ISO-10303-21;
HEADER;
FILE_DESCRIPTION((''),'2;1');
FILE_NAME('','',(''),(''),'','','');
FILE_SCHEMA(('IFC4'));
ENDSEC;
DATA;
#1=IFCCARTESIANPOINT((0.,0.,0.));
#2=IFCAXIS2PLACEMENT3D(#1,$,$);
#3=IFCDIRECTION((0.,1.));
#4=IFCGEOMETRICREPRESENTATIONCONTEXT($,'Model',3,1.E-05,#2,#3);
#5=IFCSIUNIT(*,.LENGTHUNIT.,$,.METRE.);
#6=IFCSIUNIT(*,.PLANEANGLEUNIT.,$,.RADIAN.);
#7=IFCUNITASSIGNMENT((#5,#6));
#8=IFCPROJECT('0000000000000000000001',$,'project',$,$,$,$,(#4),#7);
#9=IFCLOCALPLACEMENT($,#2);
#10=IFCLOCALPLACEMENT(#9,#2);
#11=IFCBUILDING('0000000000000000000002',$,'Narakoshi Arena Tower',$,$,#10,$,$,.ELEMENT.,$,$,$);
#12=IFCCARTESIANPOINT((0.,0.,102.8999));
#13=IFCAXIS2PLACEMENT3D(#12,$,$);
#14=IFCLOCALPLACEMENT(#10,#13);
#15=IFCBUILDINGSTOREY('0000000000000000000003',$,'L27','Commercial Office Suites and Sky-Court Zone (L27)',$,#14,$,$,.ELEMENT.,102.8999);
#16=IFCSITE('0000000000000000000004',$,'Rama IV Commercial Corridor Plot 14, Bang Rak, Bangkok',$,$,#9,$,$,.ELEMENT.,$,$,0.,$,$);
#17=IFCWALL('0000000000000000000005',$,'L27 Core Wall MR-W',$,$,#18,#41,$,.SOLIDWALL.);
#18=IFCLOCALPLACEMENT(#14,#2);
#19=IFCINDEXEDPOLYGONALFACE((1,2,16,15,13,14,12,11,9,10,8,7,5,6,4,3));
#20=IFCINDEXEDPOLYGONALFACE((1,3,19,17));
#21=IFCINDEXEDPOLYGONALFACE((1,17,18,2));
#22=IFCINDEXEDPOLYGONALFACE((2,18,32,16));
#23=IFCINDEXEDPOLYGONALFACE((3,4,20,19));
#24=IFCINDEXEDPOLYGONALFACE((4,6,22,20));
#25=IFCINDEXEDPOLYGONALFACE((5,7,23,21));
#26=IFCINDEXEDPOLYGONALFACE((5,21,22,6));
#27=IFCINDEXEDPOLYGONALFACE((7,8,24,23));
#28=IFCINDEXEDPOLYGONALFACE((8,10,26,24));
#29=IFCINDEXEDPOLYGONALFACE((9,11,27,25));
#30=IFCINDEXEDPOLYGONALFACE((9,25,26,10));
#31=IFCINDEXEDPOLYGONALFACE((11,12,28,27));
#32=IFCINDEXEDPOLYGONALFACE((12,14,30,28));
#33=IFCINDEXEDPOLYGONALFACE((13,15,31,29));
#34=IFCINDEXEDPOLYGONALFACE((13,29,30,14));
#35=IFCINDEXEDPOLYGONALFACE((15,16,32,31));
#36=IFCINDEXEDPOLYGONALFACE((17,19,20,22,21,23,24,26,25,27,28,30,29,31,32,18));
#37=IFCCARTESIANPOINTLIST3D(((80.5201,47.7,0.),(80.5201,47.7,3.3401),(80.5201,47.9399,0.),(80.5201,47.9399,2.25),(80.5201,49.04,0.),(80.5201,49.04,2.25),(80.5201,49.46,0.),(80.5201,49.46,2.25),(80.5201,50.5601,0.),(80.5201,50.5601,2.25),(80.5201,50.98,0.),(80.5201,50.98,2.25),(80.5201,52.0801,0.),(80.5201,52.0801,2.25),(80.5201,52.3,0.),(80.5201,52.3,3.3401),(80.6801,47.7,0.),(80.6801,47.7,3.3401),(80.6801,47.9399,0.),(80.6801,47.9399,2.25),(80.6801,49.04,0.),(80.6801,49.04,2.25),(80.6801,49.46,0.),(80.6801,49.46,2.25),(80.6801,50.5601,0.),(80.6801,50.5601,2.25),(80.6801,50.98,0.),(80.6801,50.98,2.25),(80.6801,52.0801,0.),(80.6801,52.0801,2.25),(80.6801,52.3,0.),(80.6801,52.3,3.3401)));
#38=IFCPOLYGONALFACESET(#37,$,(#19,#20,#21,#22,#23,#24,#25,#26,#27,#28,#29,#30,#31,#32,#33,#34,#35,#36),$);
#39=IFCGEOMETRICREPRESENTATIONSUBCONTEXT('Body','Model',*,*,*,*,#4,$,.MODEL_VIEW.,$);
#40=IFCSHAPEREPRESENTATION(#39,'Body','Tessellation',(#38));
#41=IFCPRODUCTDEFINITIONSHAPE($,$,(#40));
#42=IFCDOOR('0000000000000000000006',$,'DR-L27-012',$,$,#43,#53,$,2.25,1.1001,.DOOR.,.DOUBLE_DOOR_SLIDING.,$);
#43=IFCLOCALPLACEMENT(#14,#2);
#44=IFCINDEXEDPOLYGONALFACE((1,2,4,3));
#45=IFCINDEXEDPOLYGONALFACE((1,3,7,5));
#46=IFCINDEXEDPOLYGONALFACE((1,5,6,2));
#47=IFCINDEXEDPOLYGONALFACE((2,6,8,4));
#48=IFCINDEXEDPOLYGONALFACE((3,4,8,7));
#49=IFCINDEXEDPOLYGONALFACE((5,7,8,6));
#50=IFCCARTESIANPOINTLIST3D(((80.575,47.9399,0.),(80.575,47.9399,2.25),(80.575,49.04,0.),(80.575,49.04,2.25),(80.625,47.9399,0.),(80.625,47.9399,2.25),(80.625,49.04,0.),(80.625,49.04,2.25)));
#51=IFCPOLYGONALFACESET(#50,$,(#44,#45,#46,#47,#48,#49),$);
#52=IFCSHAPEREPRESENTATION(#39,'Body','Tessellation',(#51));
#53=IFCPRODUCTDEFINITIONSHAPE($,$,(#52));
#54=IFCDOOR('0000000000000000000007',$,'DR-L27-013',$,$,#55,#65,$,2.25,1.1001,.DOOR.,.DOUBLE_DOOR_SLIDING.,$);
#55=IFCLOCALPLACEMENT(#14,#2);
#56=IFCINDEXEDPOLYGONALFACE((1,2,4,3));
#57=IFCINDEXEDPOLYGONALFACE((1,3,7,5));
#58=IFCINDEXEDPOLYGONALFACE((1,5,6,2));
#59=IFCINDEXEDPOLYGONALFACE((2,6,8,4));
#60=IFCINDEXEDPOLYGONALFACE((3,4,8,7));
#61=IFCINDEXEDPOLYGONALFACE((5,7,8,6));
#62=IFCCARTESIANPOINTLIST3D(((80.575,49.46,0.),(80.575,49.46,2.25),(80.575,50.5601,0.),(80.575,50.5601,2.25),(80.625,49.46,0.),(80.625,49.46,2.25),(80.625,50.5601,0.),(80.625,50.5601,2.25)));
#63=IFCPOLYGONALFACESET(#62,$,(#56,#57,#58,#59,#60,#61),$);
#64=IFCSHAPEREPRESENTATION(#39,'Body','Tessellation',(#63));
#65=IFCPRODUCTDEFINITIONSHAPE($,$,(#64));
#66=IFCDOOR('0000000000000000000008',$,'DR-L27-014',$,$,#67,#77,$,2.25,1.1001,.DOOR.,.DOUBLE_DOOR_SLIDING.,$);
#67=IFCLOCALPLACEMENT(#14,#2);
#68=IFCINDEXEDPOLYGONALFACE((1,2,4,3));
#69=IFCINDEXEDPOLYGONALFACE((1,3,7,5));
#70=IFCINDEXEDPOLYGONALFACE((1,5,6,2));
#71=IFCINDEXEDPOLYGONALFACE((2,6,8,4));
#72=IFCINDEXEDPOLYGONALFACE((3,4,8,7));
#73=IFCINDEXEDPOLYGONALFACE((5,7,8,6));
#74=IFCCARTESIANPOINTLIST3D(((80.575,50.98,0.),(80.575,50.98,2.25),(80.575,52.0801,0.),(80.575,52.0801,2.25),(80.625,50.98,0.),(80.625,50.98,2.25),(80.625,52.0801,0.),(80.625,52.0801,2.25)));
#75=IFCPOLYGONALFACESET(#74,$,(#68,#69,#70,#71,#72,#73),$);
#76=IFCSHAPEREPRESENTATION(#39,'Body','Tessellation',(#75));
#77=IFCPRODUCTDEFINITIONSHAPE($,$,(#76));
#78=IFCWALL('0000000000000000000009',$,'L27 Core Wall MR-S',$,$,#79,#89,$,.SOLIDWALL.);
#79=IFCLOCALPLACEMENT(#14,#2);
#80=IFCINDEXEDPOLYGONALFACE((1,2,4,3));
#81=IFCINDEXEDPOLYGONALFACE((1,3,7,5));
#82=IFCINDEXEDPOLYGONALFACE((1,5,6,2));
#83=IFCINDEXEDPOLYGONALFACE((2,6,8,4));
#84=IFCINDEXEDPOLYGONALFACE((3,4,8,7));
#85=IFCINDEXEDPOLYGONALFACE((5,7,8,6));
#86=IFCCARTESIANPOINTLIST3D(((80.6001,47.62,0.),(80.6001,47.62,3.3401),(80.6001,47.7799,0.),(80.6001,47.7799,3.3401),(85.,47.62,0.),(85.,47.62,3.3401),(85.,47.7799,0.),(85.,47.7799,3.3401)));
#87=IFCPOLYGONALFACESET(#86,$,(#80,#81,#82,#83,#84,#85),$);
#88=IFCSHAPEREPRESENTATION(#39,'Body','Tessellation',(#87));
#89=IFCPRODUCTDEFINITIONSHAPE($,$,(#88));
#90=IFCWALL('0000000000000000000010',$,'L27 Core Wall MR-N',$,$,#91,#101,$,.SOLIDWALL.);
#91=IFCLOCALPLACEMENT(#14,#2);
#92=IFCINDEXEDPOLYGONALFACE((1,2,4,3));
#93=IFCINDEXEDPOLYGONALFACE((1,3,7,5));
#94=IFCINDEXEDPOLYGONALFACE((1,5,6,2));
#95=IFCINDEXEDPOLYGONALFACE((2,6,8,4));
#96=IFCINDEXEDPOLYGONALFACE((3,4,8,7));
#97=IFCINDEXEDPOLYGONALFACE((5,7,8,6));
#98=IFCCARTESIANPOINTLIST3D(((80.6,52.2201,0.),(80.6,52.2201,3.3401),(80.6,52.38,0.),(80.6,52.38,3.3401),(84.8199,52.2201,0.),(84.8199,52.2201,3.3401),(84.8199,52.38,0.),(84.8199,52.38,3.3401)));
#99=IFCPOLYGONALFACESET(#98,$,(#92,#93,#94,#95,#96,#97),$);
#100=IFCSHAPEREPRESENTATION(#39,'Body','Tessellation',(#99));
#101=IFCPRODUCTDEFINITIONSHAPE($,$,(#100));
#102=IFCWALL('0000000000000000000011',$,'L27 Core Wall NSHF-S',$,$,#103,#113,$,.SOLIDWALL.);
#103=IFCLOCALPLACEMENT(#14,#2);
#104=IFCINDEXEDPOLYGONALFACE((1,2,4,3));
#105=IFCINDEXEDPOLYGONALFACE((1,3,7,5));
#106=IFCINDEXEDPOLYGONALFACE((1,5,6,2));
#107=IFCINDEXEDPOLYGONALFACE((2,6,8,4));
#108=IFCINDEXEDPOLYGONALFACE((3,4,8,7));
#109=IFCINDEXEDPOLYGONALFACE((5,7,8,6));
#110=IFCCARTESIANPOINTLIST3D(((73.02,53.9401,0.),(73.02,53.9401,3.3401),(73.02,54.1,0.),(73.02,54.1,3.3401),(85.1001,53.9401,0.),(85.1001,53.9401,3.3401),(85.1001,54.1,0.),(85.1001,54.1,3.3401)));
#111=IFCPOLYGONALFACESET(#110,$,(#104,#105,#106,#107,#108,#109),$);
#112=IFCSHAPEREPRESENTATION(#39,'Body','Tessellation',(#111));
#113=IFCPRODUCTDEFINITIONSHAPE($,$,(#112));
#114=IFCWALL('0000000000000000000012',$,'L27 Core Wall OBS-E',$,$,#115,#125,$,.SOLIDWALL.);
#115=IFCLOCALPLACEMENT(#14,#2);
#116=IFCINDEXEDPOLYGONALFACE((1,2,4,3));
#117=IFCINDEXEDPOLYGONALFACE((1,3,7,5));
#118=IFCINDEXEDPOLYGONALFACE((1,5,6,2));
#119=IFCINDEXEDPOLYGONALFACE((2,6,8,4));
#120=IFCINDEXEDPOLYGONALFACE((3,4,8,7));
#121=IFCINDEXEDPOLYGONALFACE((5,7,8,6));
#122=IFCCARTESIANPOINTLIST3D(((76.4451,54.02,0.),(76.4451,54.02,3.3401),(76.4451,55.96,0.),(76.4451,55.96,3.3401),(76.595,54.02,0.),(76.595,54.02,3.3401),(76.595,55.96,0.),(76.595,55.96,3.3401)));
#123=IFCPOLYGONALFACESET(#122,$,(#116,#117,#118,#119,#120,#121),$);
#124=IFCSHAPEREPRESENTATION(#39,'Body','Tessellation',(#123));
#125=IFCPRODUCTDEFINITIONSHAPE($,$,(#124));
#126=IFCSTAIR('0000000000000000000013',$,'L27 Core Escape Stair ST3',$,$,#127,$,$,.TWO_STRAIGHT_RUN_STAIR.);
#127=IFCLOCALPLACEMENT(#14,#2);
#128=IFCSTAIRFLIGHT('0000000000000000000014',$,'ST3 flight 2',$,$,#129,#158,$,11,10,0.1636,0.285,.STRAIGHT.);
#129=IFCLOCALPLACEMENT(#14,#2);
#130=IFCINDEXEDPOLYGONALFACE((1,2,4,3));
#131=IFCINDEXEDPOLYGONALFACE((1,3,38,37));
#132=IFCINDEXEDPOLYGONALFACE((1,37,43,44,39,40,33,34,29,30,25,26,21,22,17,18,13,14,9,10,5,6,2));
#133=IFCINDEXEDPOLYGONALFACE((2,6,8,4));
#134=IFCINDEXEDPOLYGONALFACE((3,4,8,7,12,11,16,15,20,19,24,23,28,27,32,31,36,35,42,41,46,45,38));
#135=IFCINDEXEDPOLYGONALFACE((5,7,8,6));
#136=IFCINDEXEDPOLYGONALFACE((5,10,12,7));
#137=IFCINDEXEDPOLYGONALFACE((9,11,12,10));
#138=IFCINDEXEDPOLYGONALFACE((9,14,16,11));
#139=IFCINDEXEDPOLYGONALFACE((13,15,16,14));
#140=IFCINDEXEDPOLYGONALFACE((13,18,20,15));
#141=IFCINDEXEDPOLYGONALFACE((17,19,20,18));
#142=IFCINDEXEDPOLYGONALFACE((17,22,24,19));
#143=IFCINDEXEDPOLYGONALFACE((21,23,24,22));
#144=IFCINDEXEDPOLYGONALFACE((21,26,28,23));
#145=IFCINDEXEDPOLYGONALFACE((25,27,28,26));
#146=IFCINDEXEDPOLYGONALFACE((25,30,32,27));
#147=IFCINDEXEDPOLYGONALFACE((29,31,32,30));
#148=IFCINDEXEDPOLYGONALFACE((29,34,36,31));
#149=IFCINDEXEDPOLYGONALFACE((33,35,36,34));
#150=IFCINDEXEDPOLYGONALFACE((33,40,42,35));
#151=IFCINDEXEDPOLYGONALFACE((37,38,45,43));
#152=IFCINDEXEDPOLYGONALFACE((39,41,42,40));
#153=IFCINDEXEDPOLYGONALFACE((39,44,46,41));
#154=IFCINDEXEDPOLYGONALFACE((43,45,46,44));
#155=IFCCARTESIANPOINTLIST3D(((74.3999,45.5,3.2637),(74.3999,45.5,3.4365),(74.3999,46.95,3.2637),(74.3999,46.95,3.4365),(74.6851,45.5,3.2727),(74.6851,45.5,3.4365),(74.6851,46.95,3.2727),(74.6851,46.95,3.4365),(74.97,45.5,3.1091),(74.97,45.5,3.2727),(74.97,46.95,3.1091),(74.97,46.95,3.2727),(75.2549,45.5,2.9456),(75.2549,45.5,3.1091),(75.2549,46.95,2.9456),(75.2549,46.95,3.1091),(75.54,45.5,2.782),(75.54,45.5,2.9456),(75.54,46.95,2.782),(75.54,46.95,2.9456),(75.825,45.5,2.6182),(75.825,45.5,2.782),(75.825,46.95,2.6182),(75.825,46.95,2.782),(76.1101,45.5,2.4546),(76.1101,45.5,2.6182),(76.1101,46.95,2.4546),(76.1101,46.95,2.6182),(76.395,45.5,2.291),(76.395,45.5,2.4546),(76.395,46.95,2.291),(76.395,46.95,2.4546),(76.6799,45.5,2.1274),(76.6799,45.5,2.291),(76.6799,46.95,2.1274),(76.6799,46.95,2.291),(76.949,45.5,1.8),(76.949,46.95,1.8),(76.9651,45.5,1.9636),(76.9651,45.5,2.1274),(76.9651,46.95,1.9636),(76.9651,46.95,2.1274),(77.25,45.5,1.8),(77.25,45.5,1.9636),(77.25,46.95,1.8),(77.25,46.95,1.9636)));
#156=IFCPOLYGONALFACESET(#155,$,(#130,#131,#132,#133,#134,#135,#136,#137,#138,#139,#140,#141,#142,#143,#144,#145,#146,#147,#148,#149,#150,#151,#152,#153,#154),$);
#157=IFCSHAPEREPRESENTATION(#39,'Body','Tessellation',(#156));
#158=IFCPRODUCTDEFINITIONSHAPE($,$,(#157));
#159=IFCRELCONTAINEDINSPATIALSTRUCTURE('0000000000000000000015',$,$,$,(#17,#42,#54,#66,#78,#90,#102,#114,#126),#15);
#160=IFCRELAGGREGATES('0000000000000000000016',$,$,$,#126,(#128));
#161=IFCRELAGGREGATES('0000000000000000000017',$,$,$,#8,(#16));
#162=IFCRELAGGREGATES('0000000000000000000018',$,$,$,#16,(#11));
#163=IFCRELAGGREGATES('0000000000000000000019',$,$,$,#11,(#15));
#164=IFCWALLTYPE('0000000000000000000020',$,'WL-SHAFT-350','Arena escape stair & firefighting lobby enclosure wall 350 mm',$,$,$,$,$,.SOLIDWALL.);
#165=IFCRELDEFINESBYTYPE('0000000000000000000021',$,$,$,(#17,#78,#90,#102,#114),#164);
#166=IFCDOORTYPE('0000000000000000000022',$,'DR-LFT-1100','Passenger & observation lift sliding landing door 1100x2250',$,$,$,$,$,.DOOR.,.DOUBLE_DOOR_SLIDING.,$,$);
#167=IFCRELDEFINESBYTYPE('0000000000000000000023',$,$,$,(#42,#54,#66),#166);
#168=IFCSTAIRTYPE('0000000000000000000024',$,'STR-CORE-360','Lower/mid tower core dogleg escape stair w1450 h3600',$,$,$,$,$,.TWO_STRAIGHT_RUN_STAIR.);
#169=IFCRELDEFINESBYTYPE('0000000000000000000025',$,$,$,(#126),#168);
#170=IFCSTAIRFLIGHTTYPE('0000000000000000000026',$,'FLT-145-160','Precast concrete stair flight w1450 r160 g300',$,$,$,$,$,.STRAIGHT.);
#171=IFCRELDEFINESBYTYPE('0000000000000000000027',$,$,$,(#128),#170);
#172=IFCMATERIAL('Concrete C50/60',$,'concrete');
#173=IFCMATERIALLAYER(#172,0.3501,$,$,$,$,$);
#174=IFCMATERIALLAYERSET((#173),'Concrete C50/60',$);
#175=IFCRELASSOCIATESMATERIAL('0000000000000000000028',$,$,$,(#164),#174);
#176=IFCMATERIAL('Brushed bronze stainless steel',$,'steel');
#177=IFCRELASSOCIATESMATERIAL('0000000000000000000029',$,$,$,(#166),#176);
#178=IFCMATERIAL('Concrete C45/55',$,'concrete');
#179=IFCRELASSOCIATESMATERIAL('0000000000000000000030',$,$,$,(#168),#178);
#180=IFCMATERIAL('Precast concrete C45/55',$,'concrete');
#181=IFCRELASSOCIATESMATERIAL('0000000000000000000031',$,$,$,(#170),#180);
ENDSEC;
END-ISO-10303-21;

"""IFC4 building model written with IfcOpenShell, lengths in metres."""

from ifc_helpers import new_model, si_unit, direction, frame, frame_2d, origin, place, context, subcontext, project, spatial, polyline, rectangle, outline, extrude, material, layer, layer_set, type_object, element, fill, aggregate, save


model = new_model("IFC4")

# Units and contexts
model_context = context("Model", 3, precision=1e-05, world=origin(), true_north=direction((0.0, 1.0)))
body_context = subcontext(model_context, "Body", "Model", "MODEL_VIEW")
ifc_project = project(units=[si_unit("LENGTHUNIT", "METRE"), si_unit("PLANEANGLEUNIT", "RADIAN")], contexts=[model_context])

# Site, building, storey
site_placement = place(None, origin())
site = spatial("IfcSite", under=ifc_project, at=site_placement, Name="Rama IV Commercial Corridor Plot 14, Bang Rak, Bangkok", CompositionType="ELEMENT", RefElevation=0.0)
building_placement = place(site_placement, origin())
building = spatial("IfcBuilding", under=site, at=building_placement, Name="Narakoshi Arena Tower", CompositionType="ELEMENT")
storey_placement = place(building_placement, frame((0.0, 0.0, 102.8999)))
storey = spatial("IfcBuildingStorey", under=building, at=storey_placement, Name="L27", Description="Commercial Office Suites and Sky-Court Zone (L27)", CompositionType="ELEMENT", Elevation=102.8999)

# Shared definitions
ifc_material_1 = material(Name="Concrete C50/60", Category="concrete")
ifc_layer_1 = layer(ifc_material_1, 0.3501)
ifc_layer_set_1 = layer_set([ifc_layer_1], Name="Concrete C50/60")
wall_type_1 = type_object("IfcWallType", Name="WL-SHAFT-350", Description="Arena escape stair & firefighting lobby enclosure wall 350 mm", PredefinedType="SOLIDWALL", material=ifc_layer_set_1)

# Wall, openings, doors
wall_1_placement = place(storey_placement, frame((80.6001, 47.7, 0.0), z_axis=(0.0, 0.0, 1.0), x_axis=(0.0, 1.0, 0.0)))
wall_1 = element("IfcWall", 1, at=wall_1_placement, inside=storey, type_object=wall_type_1, Name="L27 Core Wall MR-W", PredefinedType="SOLIDWALL", context=body_context, shape_type="SweptSolid", body=[
    extrude(rectangle(XDim=4.6001, YDim=0.1599, at=frame_2d((2.3, 0.0))), origin(), (0.0, 0.0, 1.0), 3.3401),
])
opening_1_placement = place(wall_1_placement, frame((0.24, 0.0, 0.0)))
opening_1 = element("IfcOpeningElement", 2, at=opening_1_placement, cuts=wall_1, PredefinedType="OPENING", context=body_context, shape_type="SweptSolid", body=[
    extrude(rectangle(XDim=1.1001, YDim=2.25, at=frame_2d((0.55, 1.125))), frame((0.0, 0.0898, 0.0), z_axis=(0.0, -1.0, 0.0), x_axis=(1.0, 0.0, 0.0)), (0.0, 0.0, 1.0), 0.1799),
])
opening_2_placement = place(wall_1_placement, frame((1.76, 0.0, 0.0)))
opening_2 = element("IfcOpeningElement", 3, at=opening_2_placement, cuts=wall_1, PredefinedType="OPENING", context=body_context, shape_type="SweptSolid", body=[
    extrude(rectangle(XDim=1.1001, YDim=2.25, at=frame_2d((0.55, 1.125))), frame((0.0, 0.0898, 0.0), z_axis=(0.0, -1.0, 0.0), x_axis=(1.0, 0.0, 0.0)), (0.0, 0.0, 1.0), 0.1799),
])
opening_3_placement = place(wall_1_placement, frame((3.28, 0.0, 0.0)))
opening_3 = element("IfcOpeningElement", 4, at=opening_3_placement, cuts=wall_1, PredefinedType="OPENING", context=body_context, shape_type="SweptSolid", body=[
    extrude(rectangle(XDim=1.1001, YDim=2.25, at=frame_2d((0.55, 1.125))), frame((0.0, 0.0898, 0.0), z_axis=(0.0, -1.0, 0.0), x_axis=(1.0, 0.0, 0.0)), (0.0, 0.0, 1.0), 0.1799),
])
ifc_material_2 = material(Name="Brushed bronze stainless steel", Category="steel")
door_type_1 = type_object("IfcDoorType", Name="DR-LFT-1100", Description="Passenger & observation lift sliding landing door 1100x2250", OperationType="DOUBLE_DOOR_SLIDING", PredefinedType="DOOR", material=ifc_material_2)
door_1_placement = place(opening_1_placement, frame((1.1001, 0.0, 0.0), z_axis=(0.0, 0.0, 1.0), x_axis=(-1.0, 0.0, 0.0)))
door_1 = element("IfcDoor", 5, at=door_1_placement, inside=storey, type_object=door_type_1, Name="DR-L27-012", OperationType="DOUBLE_DOOR_SLIDING", OverallHeight=2.25, OverallWidth=1.1001, PredefinedType="DOOR", context=body_context, shape_type="SweptSolid", body=[
    extrude(rectangle(XDim=1.1001, YDim=2.25, at=frame_2d((0.55, 1.125))), frame((0.0, 0.0249, 0.0), z_axis=(0.0, -1.0, 0.0), x_axis=(1.0, 0.0, 0.0)), (0.0, 0.0, 1.0), 0.05),
])
fill(opening_1, door_1)
door_2_placement = place(opening_2_placement, frame((1.1001, 0.0, 0.0), z_axis=(0.0, 0.0, 1.0), x_axis=(-1.0, 0.0, 0.0)))
door_2 = element("IfcDoor", 6, at=door_2_placement, inside=storey, type_object=door_type_1, Name="DR-L27-013", OperationType="DOUBLE_DOOR_SLIDING", OverallHeight=2.25, OverallWidth=1.1001, PredefinedType="DOOR", context=body_context, shape_type="SweptSolid", body=[
    extrude(rectangle(XDim=1.1001, YDim=2.25, at=frame_2d((0.55, 1.125))), frame((0.0, 0.0249, 0.0), z_axis=(0.0, -1.0, 0.0), x_axis=(1.0, 0.0, 0.0)), (0.0, 0.0, 1.0), 0.05),
])
fill(opening_2, door_2)
door_3_placement = place(opening_3_placement, frame((1.1001, 0.0, 0.0), z_axis=(0.0, 0.0, 1.0), x_axis=(-1.0, 0.0, 0.0)))
door_3 = element("IfcDoor", 7, at=door_3_placement, inside=storey, type_object=door_type_1, Name="DR-L27-014", OperationType="DOUBLE_DOOR_SLIDING", OverallHeight=2.25, OverallWidth=1.1001, PredefinedType="DOOR", context=body_context, shape_type="SweptSolid", body=[
    extrude(rectangle(XDim=1.1001, YDim=2.25, at=frame_2d((0.55, 1.125))), frame((0.0, 0.0249, 0.0), z_axis=(0.0, -1.0, 0.0), x_axis=(1.0, 0.0, 0.0)), (0.0, 0.0, 1.0), 0.05),
])
fill(opening_3, door_3)

# Walls
wall_2_placement = place(storey_placement, frame((80.6001, 47.7, 0.0), z_axis=(0.0, 0.0, 1.0), x_axis=(1.0, 0.0, 0.0)))
element("IfcWall", 8, at=wall_2_placement, inside=storey, type_object=wall_type_1, Name="L27 Core Wall MR-S", PredefinedType="SOLIDWALL", context=body_context, shape_type="SweptSolid", body=[
    extrude(rectangle(XDim=4.3999, YDim=0.1599, at=frame_2d((2.2, 0.0))), origin(), (0.0, 0.0, 1.0), 3.3401),
])
wall_3_placement = place(storey_placement, frame((80.6001, 52.3, 0.0), z_axis=(0.0, 0.0, 1.0), x_axis=(1.0, 0.0, 0.0)))
element("IfcWall", 9, at=wall_3_placement, inside=storey, type_object=wall_type_1, Name="L27 Core Wall MR-N", PredefinedType="SOLIDWALL", context=body_context, shape_type="SweptSolid", body=[
    extrude(rectangle(XDim=4.22, YDim=0.1599, at=frame_2d((2.1099, 0.0))), origin(), (0.0, 0.0, 1.0), 3.3401),
])
wall_4_placement = place(storey_placement, frame((73.02, 54.02, 0.0), z_axis=(0.0, 0.0, 1.0), x_axis=(1.0, 0.0, 0.0)))
element("IfcWall", 10, at=wall_4_placement, inside=storey, type_object=wall_type_1, Name="L27 Core Wall NSHF-S", PredefinedType="SOLIDWALL", context=body_context, shape_type="SweptSolid", body=[
    extrude(rectangle(XDim=12.0801, YDim=0.1599, at=frame_2d((6.04, 0.0))), origin(), (0.0, 0.0, 1.0), 3.3401),
])
wall_5_placement = place(storey_placement, frame((76.52, 54.02, 0.0), z_axis=(0.0, 0.0, 1.0), x_axis=(0.0, 1.0, 0.0)))
element("IfcWall", 11, at=wall_5_placement, inside=storey, type_object=wall_type_1, Name="L27 Core Wall OBS-E", PredefinedType="SOLIDWALL", context=body_context, shape_type="SweptSolid", body=[
    extrude(rectangle(XDim=1.9399, YDim=0.1499, at=frame_2d((0.97, 0.0))), origin(), (0.0, 0.0, 1.0), 3.3401),
])

# Stair, stair flight
ifc_material_3 = material(Name="Concrete C45/55", Category="concrete")
stair_type = type_object("IfcStairType", Name="STR-CORE-360", Description="Lower/mid tower core dogleg escape stair w1450 h3600", PredefinedType="TWO_STRAIGHT_RUN_STAIR", material=ifc_material_3)
stair_placement = place(storey_placement, origin())
stair = element("IfcStair", 12, at=stair_placement, inside=storey, type_object=stair_type, Name="L27 Core Escape Stair ST3", PredefinedType="TWO_STRAIGHT_RUN_STAIR")
ifc_material_4 = material(Name="Precast concrete C45/55", Category="concrete")
stair_flight_type = type_object("IfcStairFlightType", Name="FLT-145-160", Description="Precast concrete stair flight w1450 r160 g300", PredefinedType="STRAIGHT", material=ifc_material_4)
stair_flight_placement = place(storey_placement, frame((77.25, 46.2251, 1.8), z_axis=(0.0, 0.0, 1.0), x_axis=(-1.0, 0.0, 0.0)))
stair_flight = element("IfcStairFlight", 13, at=stair_flight_placement, type_object=stair_flight_type, Name="ST3 flight 2", NumberOfRisers=11, NumberOfTreads=10, PredefinedType="STRAIGHT", RiserHeight=0.1636, TreadLength=0.285, context=body_context, shape_type="SweptSolid", body=[
    extrude(outline(polyline([(0.0, 0.0), (0.0, 0.1636), (0.2849, 0.1636), (0.2849, 0.3274), (0.5701, 0.3274), (0.5701, 0.491), (0.855, 0.491), (0.855, 0.6545), (1.1399, 0.6545), (1.1399, 0.8181), (1.425, 0.8181), (1.425, 0.9819), (1.71, 0.9819), (1.71, 1.1455), (1.9951, 1.1455), (1.9951, 1.3091), (2.28, 1.3091), (2.28, 1.4727), (2.5649, 1.4727), (2.5649, 1.6365), (2.8501, 1.6365), (2.8501, 1.8), (2.8501, 1.4636), (0.301, 0.0), (0.0, 0.0)])), frame((0.0, 0.7251, 0.0), z_axis=(0.0, -1.0, 0.0), x_axis=(1.0, 0.0, 0.0)), (0.0, 0.0, 1.0), 1.45),
])
aggregate(stair, [stair_flight])

save(model, "model.ifc")
